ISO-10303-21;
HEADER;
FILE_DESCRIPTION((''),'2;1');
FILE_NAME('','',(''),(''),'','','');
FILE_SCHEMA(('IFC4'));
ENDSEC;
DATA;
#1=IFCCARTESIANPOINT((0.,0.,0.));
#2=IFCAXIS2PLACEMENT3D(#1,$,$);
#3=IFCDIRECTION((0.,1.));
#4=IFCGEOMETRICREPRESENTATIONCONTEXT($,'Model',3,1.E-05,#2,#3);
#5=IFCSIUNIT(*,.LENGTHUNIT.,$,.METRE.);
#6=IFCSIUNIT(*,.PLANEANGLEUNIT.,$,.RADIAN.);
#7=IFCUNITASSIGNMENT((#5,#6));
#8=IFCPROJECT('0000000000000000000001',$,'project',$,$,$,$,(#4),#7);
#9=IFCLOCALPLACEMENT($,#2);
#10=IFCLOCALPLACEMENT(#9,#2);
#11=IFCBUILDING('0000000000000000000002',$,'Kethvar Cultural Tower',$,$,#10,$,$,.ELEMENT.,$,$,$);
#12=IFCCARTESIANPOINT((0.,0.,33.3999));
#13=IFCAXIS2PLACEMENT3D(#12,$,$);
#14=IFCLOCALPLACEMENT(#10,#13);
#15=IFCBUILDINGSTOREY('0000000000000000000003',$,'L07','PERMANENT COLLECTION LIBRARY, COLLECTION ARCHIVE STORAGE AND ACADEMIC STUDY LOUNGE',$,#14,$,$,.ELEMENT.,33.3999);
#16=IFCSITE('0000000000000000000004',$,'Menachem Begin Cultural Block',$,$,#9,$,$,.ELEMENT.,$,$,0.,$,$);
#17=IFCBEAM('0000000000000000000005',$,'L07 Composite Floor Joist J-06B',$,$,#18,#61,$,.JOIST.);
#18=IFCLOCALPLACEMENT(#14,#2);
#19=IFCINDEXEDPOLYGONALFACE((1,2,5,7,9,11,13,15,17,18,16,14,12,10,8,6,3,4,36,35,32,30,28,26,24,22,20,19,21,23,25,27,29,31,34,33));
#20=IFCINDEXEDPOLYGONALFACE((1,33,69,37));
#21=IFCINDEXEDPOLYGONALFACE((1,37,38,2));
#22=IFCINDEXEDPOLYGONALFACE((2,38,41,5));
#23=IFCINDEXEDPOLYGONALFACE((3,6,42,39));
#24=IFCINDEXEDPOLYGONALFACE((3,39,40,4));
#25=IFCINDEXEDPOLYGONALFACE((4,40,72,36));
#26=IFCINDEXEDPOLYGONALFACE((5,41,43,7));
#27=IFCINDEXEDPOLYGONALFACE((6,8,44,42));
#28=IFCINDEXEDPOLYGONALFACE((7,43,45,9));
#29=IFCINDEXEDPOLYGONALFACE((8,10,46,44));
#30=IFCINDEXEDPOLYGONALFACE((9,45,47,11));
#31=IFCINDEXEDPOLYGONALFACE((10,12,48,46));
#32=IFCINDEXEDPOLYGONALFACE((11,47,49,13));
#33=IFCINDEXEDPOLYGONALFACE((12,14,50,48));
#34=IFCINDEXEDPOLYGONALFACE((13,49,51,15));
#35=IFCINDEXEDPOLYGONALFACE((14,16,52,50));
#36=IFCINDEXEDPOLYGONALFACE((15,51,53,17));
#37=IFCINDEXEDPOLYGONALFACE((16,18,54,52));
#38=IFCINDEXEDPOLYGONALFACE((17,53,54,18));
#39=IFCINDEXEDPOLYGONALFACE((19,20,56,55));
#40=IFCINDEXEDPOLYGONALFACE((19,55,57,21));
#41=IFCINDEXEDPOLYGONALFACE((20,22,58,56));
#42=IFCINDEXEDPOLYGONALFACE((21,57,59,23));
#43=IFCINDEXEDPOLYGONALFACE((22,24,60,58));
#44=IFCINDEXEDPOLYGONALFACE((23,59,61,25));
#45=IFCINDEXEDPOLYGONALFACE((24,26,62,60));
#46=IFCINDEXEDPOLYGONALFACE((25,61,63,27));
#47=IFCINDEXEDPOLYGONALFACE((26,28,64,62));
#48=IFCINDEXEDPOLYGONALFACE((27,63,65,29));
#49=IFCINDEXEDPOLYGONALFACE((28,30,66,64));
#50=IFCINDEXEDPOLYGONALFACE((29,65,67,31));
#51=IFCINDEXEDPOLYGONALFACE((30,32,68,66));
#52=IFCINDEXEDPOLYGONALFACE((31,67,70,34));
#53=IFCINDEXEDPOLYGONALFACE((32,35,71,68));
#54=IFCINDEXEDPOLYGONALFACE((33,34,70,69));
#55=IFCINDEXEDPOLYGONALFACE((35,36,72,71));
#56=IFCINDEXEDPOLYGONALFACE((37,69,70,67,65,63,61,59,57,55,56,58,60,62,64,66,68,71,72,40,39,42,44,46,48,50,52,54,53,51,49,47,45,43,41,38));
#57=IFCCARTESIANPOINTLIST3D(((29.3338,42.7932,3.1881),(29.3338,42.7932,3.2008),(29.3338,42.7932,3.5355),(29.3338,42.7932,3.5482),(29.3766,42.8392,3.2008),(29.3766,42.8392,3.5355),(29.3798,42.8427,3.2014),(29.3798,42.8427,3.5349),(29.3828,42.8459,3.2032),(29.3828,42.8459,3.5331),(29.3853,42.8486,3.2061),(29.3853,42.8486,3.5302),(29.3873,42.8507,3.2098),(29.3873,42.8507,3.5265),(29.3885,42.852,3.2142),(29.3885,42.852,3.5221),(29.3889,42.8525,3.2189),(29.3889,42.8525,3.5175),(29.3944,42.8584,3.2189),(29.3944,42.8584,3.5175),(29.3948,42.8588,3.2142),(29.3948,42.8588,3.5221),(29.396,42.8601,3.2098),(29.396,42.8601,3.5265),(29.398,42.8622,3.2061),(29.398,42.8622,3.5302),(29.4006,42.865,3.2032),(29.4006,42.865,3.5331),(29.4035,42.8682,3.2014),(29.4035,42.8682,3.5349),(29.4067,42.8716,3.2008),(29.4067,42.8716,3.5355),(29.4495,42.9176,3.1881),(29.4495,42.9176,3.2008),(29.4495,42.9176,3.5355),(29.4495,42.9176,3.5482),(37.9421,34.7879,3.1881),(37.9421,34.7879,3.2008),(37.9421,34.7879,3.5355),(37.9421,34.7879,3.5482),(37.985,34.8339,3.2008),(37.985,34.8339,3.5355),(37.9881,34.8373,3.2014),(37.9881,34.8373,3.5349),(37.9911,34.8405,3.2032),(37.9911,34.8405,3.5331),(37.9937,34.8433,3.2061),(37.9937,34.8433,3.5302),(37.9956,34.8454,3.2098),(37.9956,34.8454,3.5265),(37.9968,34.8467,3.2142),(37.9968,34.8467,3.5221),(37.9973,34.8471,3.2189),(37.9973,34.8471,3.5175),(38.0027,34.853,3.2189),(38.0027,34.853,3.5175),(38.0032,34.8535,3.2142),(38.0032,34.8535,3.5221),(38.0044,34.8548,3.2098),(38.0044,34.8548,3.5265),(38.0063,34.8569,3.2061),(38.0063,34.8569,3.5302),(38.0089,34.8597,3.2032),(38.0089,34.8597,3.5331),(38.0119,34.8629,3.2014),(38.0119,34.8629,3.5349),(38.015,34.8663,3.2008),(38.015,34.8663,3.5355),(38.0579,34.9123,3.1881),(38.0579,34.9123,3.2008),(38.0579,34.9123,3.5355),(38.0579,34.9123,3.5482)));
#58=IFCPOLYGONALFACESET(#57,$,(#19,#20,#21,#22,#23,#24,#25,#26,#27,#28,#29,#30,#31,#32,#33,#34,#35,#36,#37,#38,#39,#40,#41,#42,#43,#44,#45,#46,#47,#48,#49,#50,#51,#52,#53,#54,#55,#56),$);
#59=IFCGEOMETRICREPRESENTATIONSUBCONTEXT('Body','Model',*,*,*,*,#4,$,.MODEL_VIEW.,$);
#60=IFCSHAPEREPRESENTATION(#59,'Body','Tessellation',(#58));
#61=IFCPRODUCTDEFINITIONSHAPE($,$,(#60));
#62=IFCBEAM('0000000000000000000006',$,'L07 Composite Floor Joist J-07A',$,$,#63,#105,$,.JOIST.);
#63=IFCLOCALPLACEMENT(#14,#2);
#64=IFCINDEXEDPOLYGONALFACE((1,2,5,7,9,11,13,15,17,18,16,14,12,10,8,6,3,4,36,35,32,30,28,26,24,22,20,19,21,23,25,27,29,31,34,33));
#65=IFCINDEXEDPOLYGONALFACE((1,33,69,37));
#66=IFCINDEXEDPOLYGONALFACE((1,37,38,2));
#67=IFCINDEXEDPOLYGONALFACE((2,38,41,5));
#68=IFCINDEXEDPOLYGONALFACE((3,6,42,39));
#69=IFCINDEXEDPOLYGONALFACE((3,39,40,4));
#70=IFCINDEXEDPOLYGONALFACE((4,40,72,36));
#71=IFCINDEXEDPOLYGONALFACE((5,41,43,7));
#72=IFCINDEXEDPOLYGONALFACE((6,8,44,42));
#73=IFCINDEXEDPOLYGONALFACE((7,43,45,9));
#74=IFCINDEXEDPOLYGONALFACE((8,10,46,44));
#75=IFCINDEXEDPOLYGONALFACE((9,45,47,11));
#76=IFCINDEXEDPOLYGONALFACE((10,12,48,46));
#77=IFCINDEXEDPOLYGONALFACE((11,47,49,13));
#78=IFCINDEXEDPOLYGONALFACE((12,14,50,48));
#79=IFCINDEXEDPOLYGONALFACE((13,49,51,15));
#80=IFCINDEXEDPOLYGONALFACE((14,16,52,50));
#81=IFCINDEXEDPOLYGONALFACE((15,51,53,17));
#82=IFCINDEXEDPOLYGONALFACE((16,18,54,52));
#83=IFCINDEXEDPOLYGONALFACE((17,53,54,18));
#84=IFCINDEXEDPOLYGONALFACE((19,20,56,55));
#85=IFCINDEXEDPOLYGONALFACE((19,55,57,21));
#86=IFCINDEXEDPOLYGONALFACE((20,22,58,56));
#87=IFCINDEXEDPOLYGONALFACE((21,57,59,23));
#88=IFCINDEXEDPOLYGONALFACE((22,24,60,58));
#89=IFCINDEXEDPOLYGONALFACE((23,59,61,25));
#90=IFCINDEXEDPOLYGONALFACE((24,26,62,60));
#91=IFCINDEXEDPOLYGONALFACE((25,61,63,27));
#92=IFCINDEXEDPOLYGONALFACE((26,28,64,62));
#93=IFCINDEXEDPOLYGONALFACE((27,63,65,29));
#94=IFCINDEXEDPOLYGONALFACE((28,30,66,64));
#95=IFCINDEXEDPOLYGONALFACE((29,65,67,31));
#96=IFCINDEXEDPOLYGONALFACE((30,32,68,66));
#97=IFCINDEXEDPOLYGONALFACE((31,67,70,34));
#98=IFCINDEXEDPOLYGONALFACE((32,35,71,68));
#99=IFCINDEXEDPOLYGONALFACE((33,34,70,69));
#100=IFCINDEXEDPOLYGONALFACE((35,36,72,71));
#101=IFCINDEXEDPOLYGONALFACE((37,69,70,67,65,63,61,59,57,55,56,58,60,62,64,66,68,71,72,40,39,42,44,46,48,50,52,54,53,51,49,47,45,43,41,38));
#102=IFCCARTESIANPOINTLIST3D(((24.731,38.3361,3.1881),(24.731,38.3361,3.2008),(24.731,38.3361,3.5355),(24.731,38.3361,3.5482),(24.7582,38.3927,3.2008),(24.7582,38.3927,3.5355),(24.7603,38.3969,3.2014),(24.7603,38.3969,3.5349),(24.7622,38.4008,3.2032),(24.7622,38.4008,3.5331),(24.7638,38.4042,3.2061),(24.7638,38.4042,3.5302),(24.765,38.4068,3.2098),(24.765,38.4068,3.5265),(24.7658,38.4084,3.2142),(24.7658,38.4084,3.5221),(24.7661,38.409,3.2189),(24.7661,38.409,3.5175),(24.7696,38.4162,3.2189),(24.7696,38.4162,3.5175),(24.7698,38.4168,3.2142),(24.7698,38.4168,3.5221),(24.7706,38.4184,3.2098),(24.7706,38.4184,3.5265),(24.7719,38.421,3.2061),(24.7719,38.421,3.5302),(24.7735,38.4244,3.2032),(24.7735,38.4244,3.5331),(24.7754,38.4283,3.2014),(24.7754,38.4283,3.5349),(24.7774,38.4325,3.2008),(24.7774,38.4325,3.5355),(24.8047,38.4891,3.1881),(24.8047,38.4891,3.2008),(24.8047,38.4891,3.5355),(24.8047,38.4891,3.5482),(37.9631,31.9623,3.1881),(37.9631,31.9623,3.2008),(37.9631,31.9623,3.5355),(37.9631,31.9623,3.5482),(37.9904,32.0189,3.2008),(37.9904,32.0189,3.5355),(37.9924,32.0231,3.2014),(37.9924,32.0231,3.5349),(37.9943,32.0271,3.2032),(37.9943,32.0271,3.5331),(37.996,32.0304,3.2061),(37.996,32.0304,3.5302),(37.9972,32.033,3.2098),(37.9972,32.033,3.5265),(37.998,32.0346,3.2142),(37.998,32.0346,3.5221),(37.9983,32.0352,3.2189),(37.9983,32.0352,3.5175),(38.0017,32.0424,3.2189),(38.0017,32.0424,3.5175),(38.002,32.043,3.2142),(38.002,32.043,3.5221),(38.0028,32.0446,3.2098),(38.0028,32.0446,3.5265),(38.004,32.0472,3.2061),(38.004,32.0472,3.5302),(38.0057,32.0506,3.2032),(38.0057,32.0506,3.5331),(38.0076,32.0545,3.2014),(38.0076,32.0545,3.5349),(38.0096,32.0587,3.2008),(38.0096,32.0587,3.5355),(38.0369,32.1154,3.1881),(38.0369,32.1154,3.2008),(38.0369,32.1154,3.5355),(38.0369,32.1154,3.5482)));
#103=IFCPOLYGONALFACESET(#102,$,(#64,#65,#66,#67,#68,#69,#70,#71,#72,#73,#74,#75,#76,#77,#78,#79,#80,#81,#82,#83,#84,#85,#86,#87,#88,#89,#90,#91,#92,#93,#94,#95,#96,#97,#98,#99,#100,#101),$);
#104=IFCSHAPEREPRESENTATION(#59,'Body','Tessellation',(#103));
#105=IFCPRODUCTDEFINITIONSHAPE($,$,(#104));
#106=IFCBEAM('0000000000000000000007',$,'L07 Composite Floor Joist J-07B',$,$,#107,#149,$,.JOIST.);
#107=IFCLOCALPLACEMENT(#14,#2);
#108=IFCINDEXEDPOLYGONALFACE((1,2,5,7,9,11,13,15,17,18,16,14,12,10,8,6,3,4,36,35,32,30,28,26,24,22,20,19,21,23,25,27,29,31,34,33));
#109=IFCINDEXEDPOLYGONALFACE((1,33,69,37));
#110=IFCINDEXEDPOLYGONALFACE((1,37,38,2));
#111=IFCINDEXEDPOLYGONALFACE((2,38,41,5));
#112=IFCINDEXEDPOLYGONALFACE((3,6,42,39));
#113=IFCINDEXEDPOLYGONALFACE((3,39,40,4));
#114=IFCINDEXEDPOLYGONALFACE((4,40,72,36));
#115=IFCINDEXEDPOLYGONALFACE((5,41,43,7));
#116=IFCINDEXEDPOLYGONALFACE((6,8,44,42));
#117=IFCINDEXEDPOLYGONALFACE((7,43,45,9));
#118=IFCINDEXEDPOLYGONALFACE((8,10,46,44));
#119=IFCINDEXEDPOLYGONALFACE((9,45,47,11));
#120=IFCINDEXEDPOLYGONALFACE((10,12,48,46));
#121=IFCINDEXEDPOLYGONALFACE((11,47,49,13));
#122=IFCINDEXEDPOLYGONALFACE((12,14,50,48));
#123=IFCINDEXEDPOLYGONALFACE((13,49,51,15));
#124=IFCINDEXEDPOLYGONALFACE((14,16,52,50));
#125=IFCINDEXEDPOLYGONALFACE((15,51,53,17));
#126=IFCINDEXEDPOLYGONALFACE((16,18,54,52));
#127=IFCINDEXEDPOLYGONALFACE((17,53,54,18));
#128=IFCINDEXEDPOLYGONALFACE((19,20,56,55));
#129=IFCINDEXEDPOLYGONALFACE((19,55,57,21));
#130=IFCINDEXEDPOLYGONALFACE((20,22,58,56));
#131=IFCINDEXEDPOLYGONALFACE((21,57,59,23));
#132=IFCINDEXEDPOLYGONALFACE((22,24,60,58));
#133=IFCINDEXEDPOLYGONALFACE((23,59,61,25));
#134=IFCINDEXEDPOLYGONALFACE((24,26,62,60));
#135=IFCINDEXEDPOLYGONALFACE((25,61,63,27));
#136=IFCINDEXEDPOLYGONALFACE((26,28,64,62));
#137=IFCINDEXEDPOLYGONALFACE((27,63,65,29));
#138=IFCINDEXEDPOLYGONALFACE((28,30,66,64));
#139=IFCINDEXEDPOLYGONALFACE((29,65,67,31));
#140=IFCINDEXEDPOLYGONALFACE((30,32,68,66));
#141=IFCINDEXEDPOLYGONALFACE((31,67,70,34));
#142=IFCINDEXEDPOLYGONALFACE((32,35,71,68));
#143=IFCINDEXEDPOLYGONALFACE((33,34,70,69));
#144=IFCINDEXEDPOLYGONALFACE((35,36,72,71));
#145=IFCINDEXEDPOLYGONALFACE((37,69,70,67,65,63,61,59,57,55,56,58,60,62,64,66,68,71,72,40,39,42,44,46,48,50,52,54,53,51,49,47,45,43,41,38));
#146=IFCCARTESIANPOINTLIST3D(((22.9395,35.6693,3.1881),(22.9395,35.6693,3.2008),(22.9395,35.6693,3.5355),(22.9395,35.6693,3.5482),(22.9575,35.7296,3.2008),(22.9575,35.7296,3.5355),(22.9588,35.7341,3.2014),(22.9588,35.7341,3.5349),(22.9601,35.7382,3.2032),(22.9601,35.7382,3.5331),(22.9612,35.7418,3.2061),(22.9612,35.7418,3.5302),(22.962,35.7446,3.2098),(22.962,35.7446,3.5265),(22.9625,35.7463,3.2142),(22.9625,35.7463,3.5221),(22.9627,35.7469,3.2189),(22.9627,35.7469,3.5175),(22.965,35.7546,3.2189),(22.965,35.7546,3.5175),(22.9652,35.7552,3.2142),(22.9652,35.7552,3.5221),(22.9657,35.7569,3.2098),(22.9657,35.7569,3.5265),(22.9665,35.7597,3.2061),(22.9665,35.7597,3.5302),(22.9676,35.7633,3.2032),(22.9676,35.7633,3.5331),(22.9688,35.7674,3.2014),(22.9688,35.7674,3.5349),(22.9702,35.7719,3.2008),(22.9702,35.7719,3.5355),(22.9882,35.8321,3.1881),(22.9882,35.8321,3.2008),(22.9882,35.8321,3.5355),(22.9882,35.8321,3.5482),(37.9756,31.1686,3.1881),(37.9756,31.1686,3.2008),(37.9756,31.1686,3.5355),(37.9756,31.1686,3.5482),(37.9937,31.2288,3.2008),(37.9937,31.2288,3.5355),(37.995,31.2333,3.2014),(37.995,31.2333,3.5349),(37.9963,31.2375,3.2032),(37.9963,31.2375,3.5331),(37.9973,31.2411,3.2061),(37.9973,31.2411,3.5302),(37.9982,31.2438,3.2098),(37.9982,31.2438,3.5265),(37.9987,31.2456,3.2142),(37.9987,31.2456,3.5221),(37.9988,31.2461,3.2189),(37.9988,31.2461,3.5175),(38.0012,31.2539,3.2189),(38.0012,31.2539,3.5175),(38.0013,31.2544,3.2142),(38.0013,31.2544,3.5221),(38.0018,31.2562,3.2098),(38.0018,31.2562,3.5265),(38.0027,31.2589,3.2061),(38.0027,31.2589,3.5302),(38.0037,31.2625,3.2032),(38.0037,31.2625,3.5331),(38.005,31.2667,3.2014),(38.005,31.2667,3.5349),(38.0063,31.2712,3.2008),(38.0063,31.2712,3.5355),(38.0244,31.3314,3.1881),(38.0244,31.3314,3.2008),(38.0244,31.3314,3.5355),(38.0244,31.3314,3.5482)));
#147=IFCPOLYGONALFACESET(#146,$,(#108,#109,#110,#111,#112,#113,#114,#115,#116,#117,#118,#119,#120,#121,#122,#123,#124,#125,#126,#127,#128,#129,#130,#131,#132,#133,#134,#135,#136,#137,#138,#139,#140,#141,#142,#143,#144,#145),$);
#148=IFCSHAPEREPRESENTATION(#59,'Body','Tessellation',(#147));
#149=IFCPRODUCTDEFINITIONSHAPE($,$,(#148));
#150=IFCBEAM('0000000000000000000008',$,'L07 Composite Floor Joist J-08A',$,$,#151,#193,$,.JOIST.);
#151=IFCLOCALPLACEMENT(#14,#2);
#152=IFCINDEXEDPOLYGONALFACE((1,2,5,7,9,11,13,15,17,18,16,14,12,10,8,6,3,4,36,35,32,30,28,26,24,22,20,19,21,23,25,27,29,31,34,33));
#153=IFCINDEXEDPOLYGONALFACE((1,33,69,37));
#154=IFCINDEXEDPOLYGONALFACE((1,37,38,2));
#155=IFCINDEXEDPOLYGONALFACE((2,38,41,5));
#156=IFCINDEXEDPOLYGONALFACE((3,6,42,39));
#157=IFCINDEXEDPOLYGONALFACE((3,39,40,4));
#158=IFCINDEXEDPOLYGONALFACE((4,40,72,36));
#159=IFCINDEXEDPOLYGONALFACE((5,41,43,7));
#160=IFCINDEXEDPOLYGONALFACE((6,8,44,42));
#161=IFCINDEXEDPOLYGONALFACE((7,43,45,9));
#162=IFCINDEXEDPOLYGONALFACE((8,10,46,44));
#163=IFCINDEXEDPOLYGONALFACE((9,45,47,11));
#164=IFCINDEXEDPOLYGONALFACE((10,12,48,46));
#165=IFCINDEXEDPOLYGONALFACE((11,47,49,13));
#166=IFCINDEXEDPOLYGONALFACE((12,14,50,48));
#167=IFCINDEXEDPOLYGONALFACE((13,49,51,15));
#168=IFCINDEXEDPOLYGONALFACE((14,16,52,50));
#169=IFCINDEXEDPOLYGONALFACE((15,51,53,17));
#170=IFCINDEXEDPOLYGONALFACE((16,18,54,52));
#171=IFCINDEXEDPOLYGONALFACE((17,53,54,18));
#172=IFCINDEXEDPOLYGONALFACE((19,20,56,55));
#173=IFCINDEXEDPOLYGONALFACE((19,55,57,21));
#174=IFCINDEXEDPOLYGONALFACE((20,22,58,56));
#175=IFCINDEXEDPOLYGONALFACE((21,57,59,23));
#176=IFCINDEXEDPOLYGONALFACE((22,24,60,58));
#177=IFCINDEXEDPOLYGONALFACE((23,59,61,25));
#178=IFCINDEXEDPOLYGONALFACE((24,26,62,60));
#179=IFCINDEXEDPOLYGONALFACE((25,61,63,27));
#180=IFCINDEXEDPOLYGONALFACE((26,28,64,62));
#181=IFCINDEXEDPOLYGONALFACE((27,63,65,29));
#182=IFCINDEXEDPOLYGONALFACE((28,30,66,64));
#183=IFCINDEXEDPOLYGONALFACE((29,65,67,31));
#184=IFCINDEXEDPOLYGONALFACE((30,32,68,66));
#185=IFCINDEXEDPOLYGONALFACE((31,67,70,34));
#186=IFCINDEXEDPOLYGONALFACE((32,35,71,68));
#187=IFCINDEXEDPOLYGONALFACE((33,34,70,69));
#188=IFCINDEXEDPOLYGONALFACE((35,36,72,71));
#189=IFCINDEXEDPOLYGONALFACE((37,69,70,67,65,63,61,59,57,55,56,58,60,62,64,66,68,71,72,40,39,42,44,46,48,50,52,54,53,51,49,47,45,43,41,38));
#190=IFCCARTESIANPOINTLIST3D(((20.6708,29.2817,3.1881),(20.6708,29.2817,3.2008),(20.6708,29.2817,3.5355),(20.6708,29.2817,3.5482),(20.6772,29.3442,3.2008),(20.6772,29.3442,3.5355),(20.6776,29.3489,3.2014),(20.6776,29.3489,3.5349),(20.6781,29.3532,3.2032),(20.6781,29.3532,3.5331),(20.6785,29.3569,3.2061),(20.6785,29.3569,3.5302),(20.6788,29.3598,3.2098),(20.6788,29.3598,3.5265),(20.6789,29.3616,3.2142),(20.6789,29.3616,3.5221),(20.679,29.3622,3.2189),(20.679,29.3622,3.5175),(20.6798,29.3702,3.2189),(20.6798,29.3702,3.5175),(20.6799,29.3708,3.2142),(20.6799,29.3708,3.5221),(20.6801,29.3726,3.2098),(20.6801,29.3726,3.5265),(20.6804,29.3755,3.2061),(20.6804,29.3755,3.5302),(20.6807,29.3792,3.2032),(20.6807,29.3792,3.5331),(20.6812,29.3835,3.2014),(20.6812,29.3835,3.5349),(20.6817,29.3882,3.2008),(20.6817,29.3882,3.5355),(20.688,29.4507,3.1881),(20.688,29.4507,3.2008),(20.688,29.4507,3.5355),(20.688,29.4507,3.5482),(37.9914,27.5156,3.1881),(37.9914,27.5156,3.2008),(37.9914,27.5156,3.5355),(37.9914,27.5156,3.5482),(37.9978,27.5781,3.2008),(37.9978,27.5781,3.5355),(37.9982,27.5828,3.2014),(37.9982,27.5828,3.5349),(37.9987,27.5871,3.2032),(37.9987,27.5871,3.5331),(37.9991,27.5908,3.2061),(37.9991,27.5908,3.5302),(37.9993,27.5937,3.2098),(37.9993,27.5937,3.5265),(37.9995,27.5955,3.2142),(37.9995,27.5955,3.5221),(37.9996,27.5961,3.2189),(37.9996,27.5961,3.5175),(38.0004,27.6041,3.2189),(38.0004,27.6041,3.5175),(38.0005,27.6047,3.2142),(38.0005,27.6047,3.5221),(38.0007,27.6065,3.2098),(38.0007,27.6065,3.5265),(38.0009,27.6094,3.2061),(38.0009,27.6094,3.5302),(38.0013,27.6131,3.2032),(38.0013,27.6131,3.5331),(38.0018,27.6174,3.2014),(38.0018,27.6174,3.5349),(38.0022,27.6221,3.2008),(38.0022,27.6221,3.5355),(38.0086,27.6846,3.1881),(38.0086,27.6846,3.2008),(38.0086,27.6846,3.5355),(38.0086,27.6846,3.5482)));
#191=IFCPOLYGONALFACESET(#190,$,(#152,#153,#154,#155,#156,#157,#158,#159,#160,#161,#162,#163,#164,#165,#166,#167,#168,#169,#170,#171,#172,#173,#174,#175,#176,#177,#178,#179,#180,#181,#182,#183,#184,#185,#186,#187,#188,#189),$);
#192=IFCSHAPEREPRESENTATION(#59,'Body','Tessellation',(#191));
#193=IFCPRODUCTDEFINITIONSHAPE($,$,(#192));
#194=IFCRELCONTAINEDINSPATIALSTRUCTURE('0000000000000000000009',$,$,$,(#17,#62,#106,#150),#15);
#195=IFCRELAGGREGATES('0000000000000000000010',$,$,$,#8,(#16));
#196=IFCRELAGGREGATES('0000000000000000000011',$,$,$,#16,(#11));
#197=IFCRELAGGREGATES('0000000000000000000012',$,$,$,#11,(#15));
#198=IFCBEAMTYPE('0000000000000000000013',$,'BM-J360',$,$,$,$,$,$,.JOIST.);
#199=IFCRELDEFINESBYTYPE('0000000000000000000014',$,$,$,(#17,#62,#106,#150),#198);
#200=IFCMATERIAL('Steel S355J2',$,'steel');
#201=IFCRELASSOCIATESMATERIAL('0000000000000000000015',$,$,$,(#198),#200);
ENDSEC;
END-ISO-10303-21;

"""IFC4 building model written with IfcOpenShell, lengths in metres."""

from ifc_helpers import new_model, si_unit, direction, frame, origin, origin_2d, place, context, subcontext, project, spatial, i_section, extrude, source, transform, mapped, material, material_profile, profile_set, type_object, element, save


model = new_model("IFC4")

# Units and contexts
model_context = context("Model", 3, precision=1e-05, world=origin(), true_north=direction((0.0, 1.0)))
body_context = subcontext(model_context, "Body", "Model", "MODEL_VIEW")
ifc_project = project(units=[si_unit("LENGTHUNIT", "METRE"), si_unit("PLANEANGLEUNIT", "RADIAN")], contexts=[model_context])

# Site, building, storey
site_placement = place(None, origin())
site = spatial("IfcSite", under=ifc_project, at=site_placement, Name="Menachem Begin Cultural Block", CompositionType="ELEMENT", RefElevation=0.0)
building_placement = place(site_placement, origin())
building = spatial("IfcBuilding", under=site, at=building_placement, Name="Kethvar Cultural Tower", CompositionType="ELEMENT")
storey_placement = place(building_placement, frame((0.0, 0.0, 33.3999)))
storey = spatial("IfcBuildingStorey", under=building, at=storey_placement, Name="L07", Description="PERMANENT COLLECTION LIBRARY, COLLECTION ARCHIVE STORAGE AND ACADEMIC STUDY LOUNGE", CompositionType="ELEMENT", Elevation=33.3999)

# Beams
ifc_material_1 = material(Name="Steel S355J2", Category="steel")
ifc_material_profile_1 = material_profile(ifc_material_1, i_section(OverallWidth=0.1699, OverallDepth=0.3601, WebThickness=0.0081, FlangeThickness=0.0127, FilletRadius=0.0181, at=origin_2d()), Name="Steel S355J2 — IPE360")
ifc_profile_set_1 = profile_set([ifc_material_profile_1], Name="Steel S355J2 — IPE360")
beam_type_1 = type_object("IfcBeamType", Name="BM-J360", PredefinedType="JOIST", material=ifc_profile_set_1)
shared_shape_1 = source(origin(), body_context, "Body", "SweptSolid", [
    extrude(i_section(OverallWidth=0.1699, OverallDepth=0.3601, WebThickness=0.0081, FlangeThickness=0.0127, FilletRadius=0.0181, at=origin_2d()), origin(), (0.0, 0.0, 1.0), 11.7554),
])
beam_1_placement = place(storey_placement, frame((38.0, 34.8501, 3.3682), z_axis=(-0.73229, 0.680993, 0.0), x_axis=(-0.680993, -0.73229, 0.0)))
element("IfcBeam", 1, at=beam_1_placement, inside=storey, type_object=beam_type_1, Name="L07 Composite Floor Joist J-06B", PredefinedType="JOIST", context=body_context, shape_type="MappedRepresentation", body=[
    mapped(shared_shape_1, transform((0.0, 0.0, 0.0), scale=1.0)),
])
shared_shape_2 = source(origin(), body_context, "Body", "SweptSolid", [
    extrude(i_section(OverallWidth=0.1699, OverallDepth=0.3601, WebThickness=0.0081, FlangeThickness=0.0127, FilletRadius=0.0181, at=origin_2d()), origin(), (0.0, 0.0, 1.0), 14.6873),
])
beam_2_placement = place(storey_placement, frame((38.0, 32.0388, 3.3682), z_axis=(-0.900929, 0.433967, 0.0), x_axis=(-0.433967, -0.900929, 0.0)))
element("IfcBeam", 2, at=beam_2_placement, inside=storey, type_object=beam_type_1, Name="L07 Composite Floor Joist J-07A", PredefinedType="JOIST", context=body_context, shape_type="MappedRepresentation", body=[
    mapped(shared_shape_2, transform((0.0, 0.0, 0.0), scale=1.0)),
])
shared_shape_3 = source(origin(), body_context, "Body", "SweptSolid", [
    extrude(i_section(OverallWidth=0.1699, OverallDepth=0.3601, WebThickness=0.0081, FlangeThickness=0.0127, FilletRadius=0.0181, at=origin_2d()), origin(), (0.0, 0.0, 1.0), 15.6953),
])
beam_3_placement = place(storey_placement, frame((38.0, 31.25, 3.3682), z_axis=(-0.958003, 0.286757, 0.0), x_axis=(-0.286757, -0.958003, 0.0)))
element("IfcBeam", 3, at=beam_3_placement, inside=storey, type_object=beam_type_1, Name="L07 Composite Floor Joist J-07B", PredefinedType="JOIST", context=body_context, shape_type="MappedRepresentation", body=[
    mapped(shared_shape_3, transform((0.0, 0.0, 0.0), scale=1.0)),
])
shared_shape_4 = source(origin(), body_context, "Body", "SweptSolid", [
    extrude(i_section(OverallWidth=0.1699, OverallDepth=0.3601, WebThickness=0.0081, FlangeThickness=0.0127, FilletRadius=0.0181, at=origin_2d()), origin(), (0.0, 0.0, 1.0), 17.4104),
])
beam_4_placement = place(storey_placement, frame((38.0, 27.6001, 3.3682), z_axis=(-0.994842, 0.10144, 0.0), x_axis=(-0.10144, -0.994842, 0.0)))
element("IfcBeam", 4, at=beam_4_placement, inside=storey, type_object=beam_type_1, Name="L07 Composite Floor Joist J-08A", PredefinedType="JOIST", context=body_context, shape_type="MappedRepresentation", body=[
    mapped(shared_shape_4, transform((0.0, 0.0, 0.0), scale=1.0)),
])

save(model, "model.ifc")
